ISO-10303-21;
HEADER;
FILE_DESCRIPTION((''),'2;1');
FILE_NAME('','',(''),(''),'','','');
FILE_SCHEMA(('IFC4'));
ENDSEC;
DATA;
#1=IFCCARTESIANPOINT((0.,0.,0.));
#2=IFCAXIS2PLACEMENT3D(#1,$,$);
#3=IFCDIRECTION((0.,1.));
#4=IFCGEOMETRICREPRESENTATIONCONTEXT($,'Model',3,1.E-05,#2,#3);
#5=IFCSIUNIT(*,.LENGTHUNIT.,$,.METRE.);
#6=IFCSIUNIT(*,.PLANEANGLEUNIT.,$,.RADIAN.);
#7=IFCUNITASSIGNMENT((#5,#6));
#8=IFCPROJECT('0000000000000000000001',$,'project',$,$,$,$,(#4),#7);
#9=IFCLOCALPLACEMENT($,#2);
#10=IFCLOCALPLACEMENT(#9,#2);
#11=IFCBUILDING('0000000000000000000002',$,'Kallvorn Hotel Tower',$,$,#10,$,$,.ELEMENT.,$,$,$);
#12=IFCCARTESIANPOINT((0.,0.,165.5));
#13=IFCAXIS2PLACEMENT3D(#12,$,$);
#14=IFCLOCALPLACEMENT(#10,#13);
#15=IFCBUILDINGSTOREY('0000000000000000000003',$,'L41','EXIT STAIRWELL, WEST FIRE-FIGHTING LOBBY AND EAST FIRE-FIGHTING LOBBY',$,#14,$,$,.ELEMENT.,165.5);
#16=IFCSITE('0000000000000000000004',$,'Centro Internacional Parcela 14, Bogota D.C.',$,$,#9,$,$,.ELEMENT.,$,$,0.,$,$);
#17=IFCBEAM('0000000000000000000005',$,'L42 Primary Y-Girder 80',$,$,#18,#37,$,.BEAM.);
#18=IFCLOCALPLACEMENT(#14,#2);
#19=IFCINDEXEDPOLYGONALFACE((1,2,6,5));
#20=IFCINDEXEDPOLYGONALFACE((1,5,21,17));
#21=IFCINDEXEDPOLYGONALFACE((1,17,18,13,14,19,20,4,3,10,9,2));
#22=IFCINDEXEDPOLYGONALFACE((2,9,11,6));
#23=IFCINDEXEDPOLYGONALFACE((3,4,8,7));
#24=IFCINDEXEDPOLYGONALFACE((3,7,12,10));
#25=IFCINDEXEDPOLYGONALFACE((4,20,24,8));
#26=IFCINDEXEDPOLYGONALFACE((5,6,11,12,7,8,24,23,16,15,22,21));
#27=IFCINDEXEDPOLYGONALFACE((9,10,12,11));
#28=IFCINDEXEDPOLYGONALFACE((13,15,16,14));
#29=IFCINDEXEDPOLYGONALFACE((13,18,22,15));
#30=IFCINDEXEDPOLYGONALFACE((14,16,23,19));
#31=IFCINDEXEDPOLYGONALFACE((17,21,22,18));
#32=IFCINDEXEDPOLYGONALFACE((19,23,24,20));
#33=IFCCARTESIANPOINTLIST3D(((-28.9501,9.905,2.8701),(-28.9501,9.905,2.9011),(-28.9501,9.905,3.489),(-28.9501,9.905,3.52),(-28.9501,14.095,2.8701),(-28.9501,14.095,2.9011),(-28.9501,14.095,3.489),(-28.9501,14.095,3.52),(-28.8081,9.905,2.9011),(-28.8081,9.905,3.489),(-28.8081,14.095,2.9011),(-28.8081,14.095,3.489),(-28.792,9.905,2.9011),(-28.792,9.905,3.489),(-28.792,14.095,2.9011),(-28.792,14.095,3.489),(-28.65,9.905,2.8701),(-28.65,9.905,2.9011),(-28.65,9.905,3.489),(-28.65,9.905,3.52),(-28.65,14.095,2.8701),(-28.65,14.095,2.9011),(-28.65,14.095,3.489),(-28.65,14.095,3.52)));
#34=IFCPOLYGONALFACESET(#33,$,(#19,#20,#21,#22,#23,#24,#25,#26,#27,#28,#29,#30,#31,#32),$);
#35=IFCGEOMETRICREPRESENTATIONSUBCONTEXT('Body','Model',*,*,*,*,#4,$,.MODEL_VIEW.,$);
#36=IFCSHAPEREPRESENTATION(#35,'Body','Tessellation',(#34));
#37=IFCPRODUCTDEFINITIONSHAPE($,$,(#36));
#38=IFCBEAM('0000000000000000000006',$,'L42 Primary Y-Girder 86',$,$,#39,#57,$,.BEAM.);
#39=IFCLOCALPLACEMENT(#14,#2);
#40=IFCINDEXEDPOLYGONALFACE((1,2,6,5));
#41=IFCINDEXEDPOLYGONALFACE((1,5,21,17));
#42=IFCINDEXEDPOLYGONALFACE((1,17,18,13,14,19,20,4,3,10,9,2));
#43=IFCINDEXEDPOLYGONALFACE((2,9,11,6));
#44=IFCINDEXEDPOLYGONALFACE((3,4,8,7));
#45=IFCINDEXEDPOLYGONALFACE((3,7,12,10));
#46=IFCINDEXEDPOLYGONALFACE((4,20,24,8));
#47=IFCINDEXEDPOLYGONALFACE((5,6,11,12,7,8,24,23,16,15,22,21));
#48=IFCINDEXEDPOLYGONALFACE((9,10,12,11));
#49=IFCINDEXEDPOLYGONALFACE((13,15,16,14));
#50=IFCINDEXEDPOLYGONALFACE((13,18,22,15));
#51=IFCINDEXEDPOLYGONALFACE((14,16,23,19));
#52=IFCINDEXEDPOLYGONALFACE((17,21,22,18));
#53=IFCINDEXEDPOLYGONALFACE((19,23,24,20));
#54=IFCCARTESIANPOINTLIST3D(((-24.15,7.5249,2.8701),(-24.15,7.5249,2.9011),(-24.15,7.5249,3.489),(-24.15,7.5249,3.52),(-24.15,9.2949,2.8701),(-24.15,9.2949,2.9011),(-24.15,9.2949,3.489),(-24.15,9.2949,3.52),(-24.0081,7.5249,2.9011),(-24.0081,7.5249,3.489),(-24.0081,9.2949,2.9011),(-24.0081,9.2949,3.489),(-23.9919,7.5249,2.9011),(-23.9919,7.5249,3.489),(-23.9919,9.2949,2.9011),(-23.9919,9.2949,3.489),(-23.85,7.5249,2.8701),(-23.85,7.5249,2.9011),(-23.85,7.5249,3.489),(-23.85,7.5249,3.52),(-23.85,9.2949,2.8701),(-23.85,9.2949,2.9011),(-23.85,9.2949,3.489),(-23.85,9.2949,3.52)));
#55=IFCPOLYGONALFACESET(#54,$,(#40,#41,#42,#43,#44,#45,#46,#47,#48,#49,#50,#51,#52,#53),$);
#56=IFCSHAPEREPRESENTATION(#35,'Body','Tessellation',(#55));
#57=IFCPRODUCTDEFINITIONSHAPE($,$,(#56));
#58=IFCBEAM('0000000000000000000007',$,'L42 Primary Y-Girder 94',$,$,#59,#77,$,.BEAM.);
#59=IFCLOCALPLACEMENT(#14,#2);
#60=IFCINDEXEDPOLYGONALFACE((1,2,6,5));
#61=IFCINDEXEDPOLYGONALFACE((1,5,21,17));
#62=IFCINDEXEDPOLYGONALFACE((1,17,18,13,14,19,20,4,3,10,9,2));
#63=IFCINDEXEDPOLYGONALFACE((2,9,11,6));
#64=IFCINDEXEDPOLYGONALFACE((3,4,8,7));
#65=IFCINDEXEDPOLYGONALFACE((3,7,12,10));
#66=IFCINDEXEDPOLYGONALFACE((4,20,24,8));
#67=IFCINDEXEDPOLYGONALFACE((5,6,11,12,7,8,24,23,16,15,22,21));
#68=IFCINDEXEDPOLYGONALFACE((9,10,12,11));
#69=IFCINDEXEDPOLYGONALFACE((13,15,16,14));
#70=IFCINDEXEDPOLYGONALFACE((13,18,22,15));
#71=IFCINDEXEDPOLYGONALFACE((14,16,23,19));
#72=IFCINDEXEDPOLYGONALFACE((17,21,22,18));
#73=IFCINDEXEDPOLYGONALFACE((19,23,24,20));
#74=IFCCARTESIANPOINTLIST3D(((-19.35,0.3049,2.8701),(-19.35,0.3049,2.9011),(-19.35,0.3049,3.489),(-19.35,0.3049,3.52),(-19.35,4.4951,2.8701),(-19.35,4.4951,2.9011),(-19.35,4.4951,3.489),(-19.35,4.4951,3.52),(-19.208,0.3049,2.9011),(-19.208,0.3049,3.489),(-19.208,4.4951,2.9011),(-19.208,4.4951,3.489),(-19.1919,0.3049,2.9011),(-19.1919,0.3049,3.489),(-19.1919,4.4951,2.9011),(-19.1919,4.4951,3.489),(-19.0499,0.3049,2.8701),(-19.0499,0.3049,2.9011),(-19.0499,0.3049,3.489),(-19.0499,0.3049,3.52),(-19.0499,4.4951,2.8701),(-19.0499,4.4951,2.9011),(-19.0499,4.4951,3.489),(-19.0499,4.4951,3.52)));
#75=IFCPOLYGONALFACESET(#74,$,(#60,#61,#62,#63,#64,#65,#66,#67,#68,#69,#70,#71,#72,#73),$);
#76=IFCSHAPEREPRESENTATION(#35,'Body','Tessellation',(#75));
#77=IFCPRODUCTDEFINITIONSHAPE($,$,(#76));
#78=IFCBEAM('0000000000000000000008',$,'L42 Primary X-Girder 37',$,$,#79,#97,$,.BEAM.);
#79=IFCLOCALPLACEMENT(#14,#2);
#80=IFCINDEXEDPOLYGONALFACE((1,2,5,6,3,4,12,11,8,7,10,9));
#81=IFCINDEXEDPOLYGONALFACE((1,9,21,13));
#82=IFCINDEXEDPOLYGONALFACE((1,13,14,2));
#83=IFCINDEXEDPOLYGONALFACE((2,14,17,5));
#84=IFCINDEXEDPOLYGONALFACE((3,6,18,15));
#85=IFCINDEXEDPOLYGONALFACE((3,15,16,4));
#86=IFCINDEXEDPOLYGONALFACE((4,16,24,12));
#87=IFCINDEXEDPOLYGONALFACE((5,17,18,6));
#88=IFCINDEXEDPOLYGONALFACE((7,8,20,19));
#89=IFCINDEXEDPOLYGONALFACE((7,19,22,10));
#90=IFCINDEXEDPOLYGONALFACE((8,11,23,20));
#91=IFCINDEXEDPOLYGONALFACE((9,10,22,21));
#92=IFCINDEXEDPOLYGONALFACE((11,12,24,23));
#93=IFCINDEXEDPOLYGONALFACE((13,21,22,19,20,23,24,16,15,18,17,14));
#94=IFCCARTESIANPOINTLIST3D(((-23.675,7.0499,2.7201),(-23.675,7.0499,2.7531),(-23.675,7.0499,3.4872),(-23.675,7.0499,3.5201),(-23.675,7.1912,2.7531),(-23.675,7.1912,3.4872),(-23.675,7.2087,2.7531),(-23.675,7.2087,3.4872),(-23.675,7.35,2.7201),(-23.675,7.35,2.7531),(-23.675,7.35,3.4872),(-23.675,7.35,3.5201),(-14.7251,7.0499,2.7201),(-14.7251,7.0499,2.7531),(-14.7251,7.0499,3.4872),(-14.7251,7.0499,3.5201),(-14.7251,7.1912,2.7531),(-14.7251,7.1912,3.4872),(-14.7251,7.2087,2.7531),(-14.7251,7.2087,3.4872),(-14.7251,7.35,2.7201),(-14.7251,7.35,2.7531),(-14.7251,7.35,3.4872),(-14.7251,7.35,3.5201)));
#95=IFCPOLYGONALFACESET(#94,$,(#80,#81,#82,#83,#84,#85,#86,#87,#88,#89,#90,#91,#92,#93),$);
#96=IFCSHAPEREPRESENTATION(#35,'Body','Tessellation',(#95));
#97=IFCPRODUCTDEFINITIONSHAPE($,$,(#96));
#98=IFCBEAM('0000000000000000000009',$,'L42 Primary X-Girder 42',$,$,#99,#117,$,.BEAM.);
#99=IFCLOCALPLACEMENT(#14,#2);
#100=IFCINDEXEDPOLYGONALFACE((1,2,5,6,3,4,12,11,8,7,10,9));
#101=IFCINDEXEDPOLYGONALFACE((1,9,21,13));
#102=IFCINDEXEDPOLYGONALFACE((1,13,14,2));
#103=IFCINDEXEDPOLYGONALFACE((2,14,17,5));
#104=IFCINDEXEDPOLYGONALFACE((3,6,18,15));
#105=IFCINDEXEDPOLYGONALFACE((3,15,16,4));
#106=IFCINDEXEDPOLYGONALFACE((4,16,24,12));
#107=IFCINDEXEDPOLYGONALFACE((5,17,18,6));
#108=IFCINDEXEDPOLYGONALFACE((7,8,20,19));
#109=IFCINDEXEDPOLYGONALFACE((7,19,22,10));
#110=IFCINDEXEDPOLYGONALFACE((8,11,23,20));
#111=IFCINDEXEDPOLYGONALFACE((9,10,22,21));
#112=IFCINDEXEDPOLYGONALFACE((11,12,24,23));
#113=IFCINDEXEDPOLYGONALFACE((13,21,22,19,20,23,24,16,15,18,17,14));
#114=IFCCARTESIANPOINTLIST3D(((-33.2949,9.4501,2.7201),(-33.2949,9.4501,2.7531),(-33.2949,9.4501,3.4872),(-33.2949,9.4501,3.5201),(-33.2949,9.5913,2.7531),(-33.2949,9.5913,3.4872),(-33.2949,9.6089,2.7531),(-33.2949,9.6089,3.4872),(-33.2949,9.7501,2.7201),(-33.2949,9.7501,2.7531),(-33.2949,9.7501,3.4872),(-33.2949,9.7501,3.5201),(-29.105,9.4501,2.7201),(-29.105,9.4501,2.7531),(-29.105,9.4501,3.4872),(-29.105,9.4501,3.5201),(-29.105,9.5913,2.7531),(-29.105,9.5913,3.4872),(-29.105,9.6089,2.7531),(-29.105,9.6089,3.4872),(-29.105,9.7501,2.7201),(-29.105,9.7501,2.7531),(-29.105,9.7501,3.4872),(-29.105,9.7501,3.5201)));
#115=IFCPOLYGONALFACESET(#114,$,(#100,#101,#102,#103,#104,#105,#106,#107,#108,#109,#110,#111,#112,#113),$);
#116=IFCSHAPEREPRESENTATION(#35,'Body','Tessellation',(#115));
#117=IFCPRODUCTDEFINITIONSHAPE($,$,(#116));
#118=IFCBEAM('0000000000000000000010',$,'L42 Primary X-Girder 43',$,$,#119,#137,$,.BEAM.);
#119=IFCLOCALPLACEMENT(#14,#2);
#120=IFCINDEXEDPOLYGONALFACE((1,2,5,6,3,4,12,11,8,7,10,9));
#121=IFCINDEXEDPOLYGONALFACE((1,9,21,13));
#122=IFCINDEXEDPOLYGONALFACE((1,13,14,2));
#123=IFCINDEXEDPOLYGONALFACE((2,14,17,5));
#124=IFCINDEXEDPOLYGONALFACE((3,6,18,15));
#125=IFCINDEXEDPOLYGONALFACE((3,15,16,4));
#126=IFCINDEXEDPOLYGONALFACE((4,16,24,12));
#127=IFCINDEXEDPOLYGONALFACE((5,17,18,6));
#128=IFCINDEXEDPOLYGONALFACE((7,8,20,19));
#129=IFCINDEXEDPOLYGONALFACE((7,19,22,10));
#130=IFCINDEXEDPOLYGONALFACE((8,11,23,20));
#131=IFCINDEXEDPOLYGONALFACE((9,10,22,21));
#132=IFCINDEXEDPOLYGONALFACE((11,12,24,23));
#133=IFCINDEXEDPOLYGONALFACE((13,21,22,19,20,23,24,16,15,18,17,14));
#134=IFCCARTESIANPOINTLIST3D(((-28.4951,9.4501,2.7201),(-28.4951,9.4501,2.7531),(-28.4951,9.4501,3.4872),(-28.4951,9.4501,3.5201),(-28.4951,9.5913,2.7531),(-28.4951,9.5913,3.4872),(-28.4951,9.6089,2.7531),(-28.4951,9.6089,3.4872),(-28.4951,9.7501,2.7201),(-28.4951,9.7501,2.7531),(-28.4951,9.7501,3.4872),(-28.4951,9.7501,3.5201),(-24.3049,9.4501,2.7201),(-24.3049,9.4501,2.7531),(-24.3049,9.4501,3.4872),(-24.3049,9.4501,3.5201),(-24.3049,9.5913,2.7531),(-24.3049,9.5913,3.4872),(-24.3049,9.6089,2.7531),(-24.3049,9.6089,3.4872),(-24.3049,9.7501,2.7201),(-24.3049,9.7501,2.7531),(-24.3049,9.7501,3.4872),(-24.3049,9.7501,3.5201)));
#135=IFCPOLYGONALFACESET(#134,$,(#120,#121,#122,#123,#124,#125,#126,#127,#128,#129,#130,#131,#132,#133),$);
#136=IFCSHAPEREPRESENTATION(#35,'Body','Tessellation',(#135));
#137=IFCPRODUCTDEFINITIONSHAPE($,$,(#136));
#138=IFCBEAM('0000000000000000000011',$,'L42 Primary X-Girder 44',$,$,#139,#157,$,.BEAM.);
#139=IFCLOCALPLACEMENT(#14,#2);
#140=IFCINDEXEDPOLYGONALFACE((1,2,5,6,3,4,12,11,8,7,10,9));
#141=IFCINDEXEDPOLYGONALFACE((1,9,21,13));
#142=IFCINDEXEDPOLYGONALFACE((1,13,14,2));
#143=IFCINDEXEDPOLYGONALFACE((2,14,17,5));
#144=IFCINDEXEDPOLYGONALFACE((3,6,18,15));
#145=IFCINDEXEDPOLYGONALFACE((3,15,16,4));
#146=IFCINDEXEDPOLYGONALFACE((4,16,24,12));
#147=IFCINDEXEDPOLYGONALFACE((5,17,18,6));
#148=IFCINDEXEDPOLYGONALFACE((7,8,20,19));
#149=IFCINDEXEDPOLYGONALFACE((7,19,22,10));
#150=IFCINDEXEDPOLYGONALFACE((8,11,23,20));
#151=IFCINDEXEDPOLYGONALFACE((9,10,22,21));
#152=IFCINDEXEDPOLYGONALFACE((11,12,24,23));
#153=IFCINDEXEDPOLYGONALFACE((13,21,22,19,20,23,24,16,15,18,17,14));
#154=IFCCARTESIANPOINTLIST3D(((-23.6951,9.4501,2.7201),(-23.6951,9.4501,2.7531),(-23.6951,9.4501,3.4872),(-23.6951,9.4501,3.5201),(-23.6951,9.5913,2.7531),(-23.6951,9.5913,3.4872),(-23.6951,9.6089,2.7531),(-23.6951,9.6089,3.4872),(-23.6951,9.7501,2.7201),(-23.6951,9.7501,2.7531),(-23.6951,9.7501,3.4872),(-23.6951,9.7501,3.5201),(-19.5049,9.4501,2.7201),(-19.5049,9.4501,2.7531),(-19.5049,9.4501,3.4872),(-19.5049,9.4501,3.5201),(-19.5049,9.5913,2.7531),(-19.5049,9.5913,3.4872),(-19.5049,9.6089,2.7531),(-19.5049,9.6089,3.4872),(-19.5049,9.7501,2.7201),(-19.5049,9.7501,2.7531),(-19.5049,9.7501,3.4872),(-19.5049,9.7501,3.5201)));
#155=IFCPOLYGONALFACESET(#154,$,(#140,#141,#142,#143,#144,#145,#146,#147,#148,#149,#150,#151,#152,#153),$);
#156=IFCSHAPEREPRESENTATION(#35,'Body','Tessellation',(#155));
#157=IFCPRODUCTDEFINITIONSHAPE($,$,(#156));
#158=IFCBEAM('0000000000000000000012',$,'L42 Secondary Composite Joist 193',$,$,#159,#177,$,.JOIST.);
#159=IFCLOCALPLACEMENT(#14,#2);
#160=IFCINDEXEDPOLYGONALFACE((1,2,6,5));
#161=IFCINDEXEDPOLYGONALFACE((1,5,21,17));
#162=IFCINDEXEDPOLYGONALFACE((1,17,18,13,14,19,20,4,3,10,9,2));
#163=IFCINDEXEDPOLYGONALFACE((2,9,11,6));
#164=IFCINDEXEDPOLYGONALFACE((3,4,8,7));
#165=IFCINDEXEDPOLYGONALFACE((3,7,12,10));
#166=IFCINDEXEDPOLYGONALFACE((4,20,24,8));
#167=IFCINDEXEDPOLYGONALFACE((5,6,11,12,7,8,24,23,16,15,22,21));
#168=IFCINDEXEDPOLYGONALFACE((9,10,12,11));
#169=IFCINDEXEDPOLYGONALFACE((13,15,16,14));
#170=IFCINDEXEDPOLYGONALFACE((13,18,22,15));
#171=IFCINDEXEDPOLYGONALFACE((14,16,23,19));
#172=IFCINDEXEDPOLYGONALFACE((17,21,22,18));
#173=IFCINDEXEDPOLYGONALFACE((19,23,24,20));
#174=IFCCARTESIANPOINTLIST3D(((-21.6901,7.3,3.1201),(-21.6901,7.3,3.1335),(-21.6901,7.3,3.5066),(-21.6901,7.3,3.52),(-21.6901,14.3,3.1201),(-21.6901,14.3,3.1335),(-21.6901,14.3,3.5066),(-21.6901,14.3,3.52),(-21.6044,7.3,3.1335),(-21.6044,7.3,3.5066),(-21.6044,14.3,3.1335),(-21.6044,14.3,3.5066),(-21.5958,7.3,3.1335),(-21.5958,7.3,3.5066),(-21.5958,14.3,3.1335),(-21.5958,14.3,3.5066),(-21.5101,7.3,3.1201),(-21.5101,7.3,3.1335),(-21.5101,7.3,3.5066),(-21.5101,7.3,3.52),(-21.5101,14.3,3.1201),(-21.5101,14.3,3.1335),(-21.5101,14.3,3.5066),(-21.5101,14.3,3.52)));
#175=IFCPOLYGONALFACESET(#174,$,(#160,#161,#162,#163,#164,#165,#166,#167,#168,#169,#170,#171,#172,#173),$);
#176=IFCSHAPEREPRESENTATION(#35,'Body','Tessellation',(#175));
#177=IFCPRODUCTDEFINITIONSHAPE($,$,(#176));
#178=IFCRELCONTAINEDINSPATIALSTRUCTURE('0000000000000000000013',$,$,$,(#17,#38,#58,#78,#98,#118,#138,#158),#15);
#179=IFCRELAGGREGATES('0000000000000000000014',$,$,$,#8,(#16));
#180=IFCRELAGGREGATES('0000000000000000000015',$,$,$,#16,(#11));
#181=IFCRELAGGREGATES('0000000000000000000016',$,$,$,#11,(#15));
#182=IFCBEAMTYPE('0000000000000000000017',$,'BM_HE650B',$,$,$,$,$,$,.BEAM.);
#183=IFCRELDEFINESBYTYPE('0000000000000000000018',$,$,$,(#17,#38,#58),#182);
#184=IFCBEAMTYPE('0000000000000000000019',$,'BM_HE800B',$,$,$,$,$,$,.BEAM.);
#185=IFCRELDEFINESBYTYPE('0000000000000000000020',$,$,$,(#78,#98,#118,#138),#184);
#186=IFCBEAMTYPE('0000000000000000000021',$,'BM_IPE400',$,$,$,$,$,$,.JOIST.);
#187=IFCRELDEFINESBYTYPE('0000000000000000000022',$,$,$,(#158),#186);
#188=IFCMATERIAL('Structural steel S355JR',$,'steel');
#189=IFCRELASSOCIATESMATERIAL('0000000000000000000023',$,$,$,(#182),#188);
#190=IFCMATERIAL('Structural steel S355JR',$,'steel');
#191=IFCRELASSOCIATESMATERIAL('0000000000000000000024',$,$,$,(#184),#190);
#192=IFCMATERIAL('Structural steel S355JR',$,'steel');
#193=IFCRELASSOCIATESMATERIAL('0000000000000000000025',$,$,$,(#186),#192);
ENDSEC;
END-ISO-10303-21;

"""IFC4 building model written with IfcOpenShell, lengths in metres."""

from ifc_helpers import new_model, si_unit, direction, frame, origin, origin_2d, place, context, subcontext, project, spatial, i_section, extrude, material, material_profile, profile_set, type_object, element, save


model = new_model("IFC4")

# Units and contexts
model_context = context("Model", 3, precision=1e-05, world=origin(), true_north=direction((0.0, 1.0)))
body_context = subcontext(model_context, "Body", "Model", "MODEL_VIEW")
ifc_project = project(units=[si_unit("LENGTHUNIT", "METRE"), si_unit("PLANEANGLEUNIT", "RADIAN")], contexts=[model_context])

# Site, building, storey
site_placement = place(None, origin())
site = spatial("IfcSite", under=ifc_project, at=site_placement, Name="Centro Internacional Parcela 14, Bogota D.C.", CompositionType="ELEMENT", RefElevation=0.0)
building_placement = place(site_placement, origin())
building = spatial("IfcBuilding", under=site, at=building_placement, Name="Kallvorn Hotel Tower", CompositionType="ELEMENT")
storey_placement = place(building_placement, frame((0.0, 0.0, 165.5)))
storey = spatial("IfcBuildingStorey", under=building, at=storey_placement, Name="L41", Description="EXIT STAIRWELL, WEST FIRE-FIGHTING LOBBY AND EAST FIRE-FIGHTING LOBBY", CompositionType="ELEMENT", Elevation=165.5)

# Beams
ifc_material_1 = material(Name="Structural steel S355JR", Category="steel")
ifc_material_profile_1 = material_profile(ifc_material_1, i_section(OverallWidth=0.3, OverallDepth=0.6499, WebThickness=0.0161, FlangeThickness=0.031, at=origin_2d()), Name="HE 650 B")
ifc_profile_set_1 = profile_set([ifc_material_profile_1], Name="Structural steel S355JR")
beam_type_1 = type_object("IfcBeamType", Name="BM_HE650B", PredefinedType="BEAM", material=ifc_profile_set_1)
for number, where, z_axis, x_axis, name in (
    (1, (-28.8, 9.905, 3.1951), (0.0, 1.0, 0.0), (-1.0, 0.0, 0.0), "L42 Primary Y-Girder 80"),
):
    element("IfcBeam", number, at=place(storey_placement, frame(where, z_axis=z_axis, x_axis=x_axis)), inside=storey, type_object=beam_type_1, Name=name, PredefinedType="BEAM", context=body_context, shape_type="SweptSolid", body=[
        extrude(i_section(OverallWidth=0.3, OverallDepth=0.6499, WebThickness=0.0161, FlangeThickness=0.031, at=origin_2d()), origin(), (0.0, 0.0, 1.0), 4.1899),
    ])
beam_1_placement = place(storey_placement, frame((-24.0, 7.5249, 3.1951), z_axis=(0.0, 1.0, 0.0), x_axis=(-1.0, 0.0, 0.0)))
element("IfcBeam", 2, at=beam_1_placement, inside=storey, type_object=beam_type_1, Name="L42 Primary Y-Girder 86", PredefinedType="BEAM", context=body_context, shape_type="SweptSolid", body=[
    extrude(i_section(OverallWidth=0.3, OverallDepth=0.6499, WebThickness=0.0161, FlangeThickness=0.031, at=origin_2d()), origin(), (0.0, 0.0, 1.0), 1.77),
])
beam_2_placement = place(storey_placement, frame((-19.2, 0.3049, 3.1951), z_axis=(0.0, 1.0, 0.0), x_axis=(-1.0, 0.0, 0.0)))
element("IfcBeam", 3, at=beam_2_placement, inside=storey, type_object=beam_type_1, Name="L42 Primary Y-Girder 94", PredefinedType="BEAM", context=body_context, shape_type="SweptSolid", body=[
    extrude(i_section(OverallWidth=0.3, OverallDepth=0.6499, WebThickness=0.0161, FlangeThickness=0.031, at=origin_2d()), origin(), (0.0, 0.0, 1.0), 4.1902),
])
ifc_material_2 = material(Name="Structural steel S355JR", Category="steel")
ifc_material_profile_2 = material_profile(ifc_material_2, i_section(OverallWidth=0.3, OverallDepth=0.8, WebThickness=0.0176, FlangeThickness=0.033, at=origin_2d()), Name="HE 800 B")
ifc_profile_set_2 = profile_set([ifc_material_profile_2], Name="Structural steel S355JR")
beam_type_2 = type_object("IfcBeamType", Name="BM_HE800B", PredefinedType="BEAM", material=ifc_profile_set_2)
beam_3_placement = place(storey_placement, frame((-23.675, 7.2, 3.1201), z_axis=(1.0, 0.0, 0.0), x_axis=(0.0, 1.0, 0.0)))
element("IfcBeam", 4, at=beam_3_placement, inside=storey, type_object=beam_type_2, Name="L42 Primary X-Girder 37", PredefinedType="BEAM", context=body_context, shape_type="SweptSolid", body=[
    extrude(i_section(OverallWidth=0.3, OverallDepth=0.8, WebThickness=0.0176, FlangeThickness=0.033, at=origin_2d()), origin(), (0.0, 0.0, 1.0), 8.95),
])
beam_4_placement = place(storey_placement, frame((-33.2949, 9.6001, 3.1201), z_axis=(1.0, 0.0, 0.0), x_axis=(0.0, 1.0, 0.0)))
element("IfcBeam", 5, at=beam_4_placement, inside=storey, type_object=beam_type_2, Name="L42 Primary X-Girder 42", PredefinedType="BEAM", context=body_context, shape_type="SweptSolid", body=[
    extrude(i_section(OverallWidth=0.3, OverallDepth=0.8, WebThickness=0.0176, FlangeThickness=0.033, at=origin_2d()), origin(), (0.0, 0.0, 1.0), 4.1899),
])
for number, where, z_axis, x_axis, name in (
    (6, (-28.4951, 9.6001, 3.1201), (1.0, 0.0, 0.0), (0.0, 1.0, 0.0), "L42 Primary X-Girder 43"),
    (7, (-23.6951, 9.6001, 3.1201), (1.0, 0.0, 0.0), (0.0, 1.0, 0.0), "L42 Primary X-Girder 44"),
):
    element("IfcBeam", number, at=place(storey_placement, frame(where, z_axis=z_axis, x_axis=x_axis)), inside=storey, type_object=beam_type_2, Name=name, PredefinedType="BEAM", context=body_context, shape_type="SweptSolid", body=[
        extrude(i_section(OverallWidth=0.3, OverallDepth=0.8, WebThickness=0.0176, FlangeThickness=0.033, at=origin_2d()), origin(), (0.0, 0.0, 1.0), 4.1902),
    ])
ifc_material_3 = material(Name="Structural steel S355JR", Category="steel")
ifc_material_profile_3 = material_profile(ifc_material_3, i_section(OverallWidth=0.1799, OverallDepth=0.3999, WebThickness=0.0085, FlangeThickness=0.0134, at=origin_2d()), Name="IPE 400")
ifc_profile_set_3 = profile_set([ifc_material_profile_3], Name="Structural steel S355JR")
beam_type_3 = type_object("IfcBeamType", Name="BM_IPE400", PredefinedType="JOIST", material=ifc_profile_set_3)
beam_5_placement = place(storey_placement, frame((-21.6001, 7.3, 3.3201), z_axis=(0.0, 1.0, 0.0), x_axis=(-1.0, 0.0, 0.0)))
element("IfcBeam", 8, at=beam_5_placement, inside=storey, type_object=beam_type_3, Name="L42 Secondary Composite Joist 193", PredefinedType="JOIST", context=body_context, shape_type="SweptSolid", body=[
    extrude(i_section(OverallWidth=0.1799, OverallDepth=0.3999, WebThickness=0.0085, FlangeThickness=0.0134, at=origin_2d()), origin(), (0.0, 0.0, 1.0), 7.0),
])

save(model, "model.ifc")
